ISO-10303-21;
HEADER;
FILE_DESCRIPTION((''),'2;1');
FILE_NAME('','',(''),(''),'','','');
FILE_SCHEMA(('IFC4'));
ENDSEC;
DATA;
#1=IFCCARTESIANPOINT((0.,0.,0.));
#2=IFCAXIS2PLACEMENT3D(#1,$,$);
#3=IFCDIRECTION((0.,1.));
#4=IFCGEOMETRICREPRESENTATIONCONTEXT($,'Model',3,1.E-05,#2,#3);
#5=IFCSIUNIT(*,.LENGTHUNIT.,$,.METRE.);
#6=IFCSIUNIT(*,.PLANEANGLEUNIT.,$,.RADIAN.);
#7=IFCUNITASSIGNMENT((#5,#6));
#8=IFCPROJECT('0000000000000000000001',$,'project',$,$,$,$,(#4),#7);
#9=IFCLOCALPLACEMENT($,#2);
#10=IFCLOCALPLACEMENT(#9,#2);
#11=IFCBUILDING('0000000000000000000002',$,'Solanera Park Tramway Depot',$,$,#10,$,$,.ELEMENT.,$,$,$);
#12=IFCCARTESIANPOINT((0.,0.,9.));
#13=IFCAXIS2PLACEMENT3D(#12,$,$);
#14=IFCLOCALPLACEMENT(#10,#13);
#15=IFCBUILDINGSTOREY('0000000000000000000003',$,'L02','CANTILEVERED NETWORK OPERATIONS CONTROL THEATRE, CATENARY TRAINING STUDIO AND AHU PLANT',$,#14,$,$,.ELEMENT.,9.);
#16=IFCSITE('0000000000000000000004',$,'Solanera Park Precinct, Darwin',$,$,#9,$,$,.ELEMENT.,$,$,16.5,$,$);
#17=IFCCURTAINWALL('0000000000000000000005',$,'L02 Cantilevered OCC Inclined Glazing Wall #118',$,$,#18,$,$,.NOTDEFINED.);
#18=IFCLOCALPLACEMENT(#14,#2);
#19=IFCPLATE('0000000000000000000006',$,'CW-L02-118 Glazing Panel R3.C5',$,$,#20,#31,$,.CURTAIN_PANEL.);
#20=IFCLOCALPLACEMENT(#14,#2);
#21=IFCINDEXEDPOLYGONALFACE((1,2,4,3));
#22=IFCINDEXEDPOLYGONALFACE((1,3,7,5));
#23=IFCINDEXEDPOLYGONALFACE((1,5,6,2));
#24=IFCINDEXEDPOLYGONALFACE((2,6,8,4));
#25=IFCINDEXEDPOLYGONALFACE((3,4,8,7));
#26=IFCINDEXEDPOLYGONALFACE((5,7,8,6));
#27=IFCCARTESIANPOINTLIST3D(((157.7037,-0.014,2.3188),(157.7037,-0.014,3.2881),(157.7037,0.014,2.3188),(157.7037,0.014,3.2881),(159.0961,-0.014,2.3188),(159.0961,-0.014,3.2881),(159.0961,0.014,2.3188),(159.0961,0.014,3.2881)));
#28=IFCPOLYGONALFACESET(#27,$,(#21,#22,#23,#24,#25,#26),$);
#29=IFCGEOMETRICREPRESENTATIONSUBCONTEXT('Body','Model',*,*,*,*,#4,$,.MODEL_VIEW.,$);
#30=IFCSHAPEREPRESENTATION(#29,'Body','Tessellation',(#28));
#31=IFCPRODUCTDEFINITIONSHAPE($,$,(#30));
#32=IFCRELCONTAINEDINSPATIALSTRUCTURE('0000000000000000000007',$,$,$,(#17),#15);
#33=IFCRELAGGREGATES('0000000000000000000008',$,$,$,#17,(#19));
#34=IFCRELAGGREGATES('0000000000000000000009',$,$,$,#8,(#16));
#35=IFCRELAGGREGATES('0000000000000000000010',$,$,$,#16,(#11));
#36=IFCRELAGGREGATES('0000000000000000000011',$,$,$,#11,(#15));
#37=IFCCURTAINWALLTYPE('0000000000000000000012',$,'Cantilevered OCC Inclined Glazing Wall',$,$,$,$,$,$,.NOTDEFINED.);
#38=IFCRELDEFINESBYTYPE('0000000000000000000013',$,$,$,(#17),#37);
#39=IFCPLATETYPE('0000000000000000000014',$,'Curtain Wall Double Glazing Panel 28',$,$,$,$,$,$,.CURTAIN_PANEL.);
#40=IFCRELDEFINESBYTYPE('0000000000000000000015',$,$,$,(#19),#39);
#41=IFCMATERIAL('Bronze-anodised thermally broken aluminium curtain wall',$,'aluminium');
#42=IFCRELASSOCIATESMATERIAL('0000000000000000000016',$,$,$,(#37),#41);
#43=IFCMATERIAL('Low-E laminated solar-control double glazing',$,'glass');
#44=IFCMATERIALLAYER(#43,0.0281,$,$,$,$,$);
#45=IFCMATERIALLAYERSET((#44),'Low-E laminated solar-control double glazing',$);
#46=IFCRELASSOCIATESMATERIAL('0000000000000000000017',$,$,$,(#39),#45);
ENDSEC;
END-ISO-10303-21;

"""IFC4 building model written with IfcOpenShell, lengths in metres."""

from ifc_helpers import new_model, si_unit, direction, frame, origin, origin_2d, place, context, subcontext, project, spatial, rectangle, extrude, material, layer, layer_set, type_object, element, aggregate, save


model = new_model("IFC4")

# Units and contexts
model_context = context("Model", 3, precision=1e-05, world=origin(), true_north=direction((0.0, 1.0)))
body_context = subcontext(model_context, "Body", "Model", "MODEL_VIEW")
ifc_project = project(units=[si_unit("LENGTHUNIT", "METRE"), si_unit("PLANEANGLEUNIT", "RADIAN")], contexts=[model_context])

# Site, building, storey
site_placement = place(None, origin())
site = spatial("IfcSite", under=ifc_project, at=site_placement, Name="Solanera Park Precinct, Darwin", CompositionType="ELEMENT", RefElevation=16.5)
building_placement = place(site_placement, origin())
building = spatial("IfcBuilding", under=site, at=building_placement, Name="Solanera Park Tramway Depot", CompositionType="ELEMENT")
storey_placement = place(building_placement, frame((0.0, 0.0, 9.0)))
storey = spatial("IfcBuildingStorey", under=building, at=storey_placement, Name="L02", Description="CANTILEVERED NETWORK OPERATIONS CONTROL THEATRE, CATENARY TRAINING STUDIO AND AHU PLANT", CompositionType="ELEMENT", Elevation=9.0)

# Curtain wall, plate
ifc_material_1 = material(Name="Bronze-anodised thermally broken aluminium curtain wall", Category="aluminium")
curtain_wall_type = type_object("IfcCurtainWallType", Name="Cantilevered OCC Inclined Glazing Wall", PredefinedType="NOTDEFINED", material=ifc_material_1)
curtain_wall_placement = place(storey_placement, origin())
curtain_wall = element("IfcCurtainWall", 1, at=curtain_wall_placement, inside=storey, type_object=curtain_wall_type, Name="L02 Cantilevered OCC Inclined Glazing Wall #118", PredefinedType="NOTDEFINED")
ifc_material_2 = material(Name="Low-E laminated solar-control double glazing", Category="glass")
ifc_layer = layer(ifc_material_2, 0.0281)
ifc_layer_set = layer_set([ifc_layer], Name="Low-E laminated solar-control double glazing")
plate_type = type_object("IfcPlateType", Name="Curtain Wall Double Glazing Panel 28", PredefinedType="CURTAIN_PANEL", material=ifc_layer_set)
plate_1_placement = place(storey_placement, frame((158.3999, 0.0, 2.3188), z_axis=(0.0, 0.0, 1.0), x_axis=(1.0, 0.0, 0.0)))
plate_1 = element("IfcPlate", 2, at=plate_1_placement, type_object=plate_type, Name="CW-L02-118 Glazing Panel R3.C5", PredefinedType="CURTAIN_PANEL", context=body_context, shape_type="SweptSolid", body=[
    extrude(rectangle(XDim=1.3923, YDim=0.0281, at=origin_2d()), origin(), (0.0, 0.0, 1.0), 0.9692),
])
aggregate(curtain_wall, [plate_1])

save(model, "model.ifc")
